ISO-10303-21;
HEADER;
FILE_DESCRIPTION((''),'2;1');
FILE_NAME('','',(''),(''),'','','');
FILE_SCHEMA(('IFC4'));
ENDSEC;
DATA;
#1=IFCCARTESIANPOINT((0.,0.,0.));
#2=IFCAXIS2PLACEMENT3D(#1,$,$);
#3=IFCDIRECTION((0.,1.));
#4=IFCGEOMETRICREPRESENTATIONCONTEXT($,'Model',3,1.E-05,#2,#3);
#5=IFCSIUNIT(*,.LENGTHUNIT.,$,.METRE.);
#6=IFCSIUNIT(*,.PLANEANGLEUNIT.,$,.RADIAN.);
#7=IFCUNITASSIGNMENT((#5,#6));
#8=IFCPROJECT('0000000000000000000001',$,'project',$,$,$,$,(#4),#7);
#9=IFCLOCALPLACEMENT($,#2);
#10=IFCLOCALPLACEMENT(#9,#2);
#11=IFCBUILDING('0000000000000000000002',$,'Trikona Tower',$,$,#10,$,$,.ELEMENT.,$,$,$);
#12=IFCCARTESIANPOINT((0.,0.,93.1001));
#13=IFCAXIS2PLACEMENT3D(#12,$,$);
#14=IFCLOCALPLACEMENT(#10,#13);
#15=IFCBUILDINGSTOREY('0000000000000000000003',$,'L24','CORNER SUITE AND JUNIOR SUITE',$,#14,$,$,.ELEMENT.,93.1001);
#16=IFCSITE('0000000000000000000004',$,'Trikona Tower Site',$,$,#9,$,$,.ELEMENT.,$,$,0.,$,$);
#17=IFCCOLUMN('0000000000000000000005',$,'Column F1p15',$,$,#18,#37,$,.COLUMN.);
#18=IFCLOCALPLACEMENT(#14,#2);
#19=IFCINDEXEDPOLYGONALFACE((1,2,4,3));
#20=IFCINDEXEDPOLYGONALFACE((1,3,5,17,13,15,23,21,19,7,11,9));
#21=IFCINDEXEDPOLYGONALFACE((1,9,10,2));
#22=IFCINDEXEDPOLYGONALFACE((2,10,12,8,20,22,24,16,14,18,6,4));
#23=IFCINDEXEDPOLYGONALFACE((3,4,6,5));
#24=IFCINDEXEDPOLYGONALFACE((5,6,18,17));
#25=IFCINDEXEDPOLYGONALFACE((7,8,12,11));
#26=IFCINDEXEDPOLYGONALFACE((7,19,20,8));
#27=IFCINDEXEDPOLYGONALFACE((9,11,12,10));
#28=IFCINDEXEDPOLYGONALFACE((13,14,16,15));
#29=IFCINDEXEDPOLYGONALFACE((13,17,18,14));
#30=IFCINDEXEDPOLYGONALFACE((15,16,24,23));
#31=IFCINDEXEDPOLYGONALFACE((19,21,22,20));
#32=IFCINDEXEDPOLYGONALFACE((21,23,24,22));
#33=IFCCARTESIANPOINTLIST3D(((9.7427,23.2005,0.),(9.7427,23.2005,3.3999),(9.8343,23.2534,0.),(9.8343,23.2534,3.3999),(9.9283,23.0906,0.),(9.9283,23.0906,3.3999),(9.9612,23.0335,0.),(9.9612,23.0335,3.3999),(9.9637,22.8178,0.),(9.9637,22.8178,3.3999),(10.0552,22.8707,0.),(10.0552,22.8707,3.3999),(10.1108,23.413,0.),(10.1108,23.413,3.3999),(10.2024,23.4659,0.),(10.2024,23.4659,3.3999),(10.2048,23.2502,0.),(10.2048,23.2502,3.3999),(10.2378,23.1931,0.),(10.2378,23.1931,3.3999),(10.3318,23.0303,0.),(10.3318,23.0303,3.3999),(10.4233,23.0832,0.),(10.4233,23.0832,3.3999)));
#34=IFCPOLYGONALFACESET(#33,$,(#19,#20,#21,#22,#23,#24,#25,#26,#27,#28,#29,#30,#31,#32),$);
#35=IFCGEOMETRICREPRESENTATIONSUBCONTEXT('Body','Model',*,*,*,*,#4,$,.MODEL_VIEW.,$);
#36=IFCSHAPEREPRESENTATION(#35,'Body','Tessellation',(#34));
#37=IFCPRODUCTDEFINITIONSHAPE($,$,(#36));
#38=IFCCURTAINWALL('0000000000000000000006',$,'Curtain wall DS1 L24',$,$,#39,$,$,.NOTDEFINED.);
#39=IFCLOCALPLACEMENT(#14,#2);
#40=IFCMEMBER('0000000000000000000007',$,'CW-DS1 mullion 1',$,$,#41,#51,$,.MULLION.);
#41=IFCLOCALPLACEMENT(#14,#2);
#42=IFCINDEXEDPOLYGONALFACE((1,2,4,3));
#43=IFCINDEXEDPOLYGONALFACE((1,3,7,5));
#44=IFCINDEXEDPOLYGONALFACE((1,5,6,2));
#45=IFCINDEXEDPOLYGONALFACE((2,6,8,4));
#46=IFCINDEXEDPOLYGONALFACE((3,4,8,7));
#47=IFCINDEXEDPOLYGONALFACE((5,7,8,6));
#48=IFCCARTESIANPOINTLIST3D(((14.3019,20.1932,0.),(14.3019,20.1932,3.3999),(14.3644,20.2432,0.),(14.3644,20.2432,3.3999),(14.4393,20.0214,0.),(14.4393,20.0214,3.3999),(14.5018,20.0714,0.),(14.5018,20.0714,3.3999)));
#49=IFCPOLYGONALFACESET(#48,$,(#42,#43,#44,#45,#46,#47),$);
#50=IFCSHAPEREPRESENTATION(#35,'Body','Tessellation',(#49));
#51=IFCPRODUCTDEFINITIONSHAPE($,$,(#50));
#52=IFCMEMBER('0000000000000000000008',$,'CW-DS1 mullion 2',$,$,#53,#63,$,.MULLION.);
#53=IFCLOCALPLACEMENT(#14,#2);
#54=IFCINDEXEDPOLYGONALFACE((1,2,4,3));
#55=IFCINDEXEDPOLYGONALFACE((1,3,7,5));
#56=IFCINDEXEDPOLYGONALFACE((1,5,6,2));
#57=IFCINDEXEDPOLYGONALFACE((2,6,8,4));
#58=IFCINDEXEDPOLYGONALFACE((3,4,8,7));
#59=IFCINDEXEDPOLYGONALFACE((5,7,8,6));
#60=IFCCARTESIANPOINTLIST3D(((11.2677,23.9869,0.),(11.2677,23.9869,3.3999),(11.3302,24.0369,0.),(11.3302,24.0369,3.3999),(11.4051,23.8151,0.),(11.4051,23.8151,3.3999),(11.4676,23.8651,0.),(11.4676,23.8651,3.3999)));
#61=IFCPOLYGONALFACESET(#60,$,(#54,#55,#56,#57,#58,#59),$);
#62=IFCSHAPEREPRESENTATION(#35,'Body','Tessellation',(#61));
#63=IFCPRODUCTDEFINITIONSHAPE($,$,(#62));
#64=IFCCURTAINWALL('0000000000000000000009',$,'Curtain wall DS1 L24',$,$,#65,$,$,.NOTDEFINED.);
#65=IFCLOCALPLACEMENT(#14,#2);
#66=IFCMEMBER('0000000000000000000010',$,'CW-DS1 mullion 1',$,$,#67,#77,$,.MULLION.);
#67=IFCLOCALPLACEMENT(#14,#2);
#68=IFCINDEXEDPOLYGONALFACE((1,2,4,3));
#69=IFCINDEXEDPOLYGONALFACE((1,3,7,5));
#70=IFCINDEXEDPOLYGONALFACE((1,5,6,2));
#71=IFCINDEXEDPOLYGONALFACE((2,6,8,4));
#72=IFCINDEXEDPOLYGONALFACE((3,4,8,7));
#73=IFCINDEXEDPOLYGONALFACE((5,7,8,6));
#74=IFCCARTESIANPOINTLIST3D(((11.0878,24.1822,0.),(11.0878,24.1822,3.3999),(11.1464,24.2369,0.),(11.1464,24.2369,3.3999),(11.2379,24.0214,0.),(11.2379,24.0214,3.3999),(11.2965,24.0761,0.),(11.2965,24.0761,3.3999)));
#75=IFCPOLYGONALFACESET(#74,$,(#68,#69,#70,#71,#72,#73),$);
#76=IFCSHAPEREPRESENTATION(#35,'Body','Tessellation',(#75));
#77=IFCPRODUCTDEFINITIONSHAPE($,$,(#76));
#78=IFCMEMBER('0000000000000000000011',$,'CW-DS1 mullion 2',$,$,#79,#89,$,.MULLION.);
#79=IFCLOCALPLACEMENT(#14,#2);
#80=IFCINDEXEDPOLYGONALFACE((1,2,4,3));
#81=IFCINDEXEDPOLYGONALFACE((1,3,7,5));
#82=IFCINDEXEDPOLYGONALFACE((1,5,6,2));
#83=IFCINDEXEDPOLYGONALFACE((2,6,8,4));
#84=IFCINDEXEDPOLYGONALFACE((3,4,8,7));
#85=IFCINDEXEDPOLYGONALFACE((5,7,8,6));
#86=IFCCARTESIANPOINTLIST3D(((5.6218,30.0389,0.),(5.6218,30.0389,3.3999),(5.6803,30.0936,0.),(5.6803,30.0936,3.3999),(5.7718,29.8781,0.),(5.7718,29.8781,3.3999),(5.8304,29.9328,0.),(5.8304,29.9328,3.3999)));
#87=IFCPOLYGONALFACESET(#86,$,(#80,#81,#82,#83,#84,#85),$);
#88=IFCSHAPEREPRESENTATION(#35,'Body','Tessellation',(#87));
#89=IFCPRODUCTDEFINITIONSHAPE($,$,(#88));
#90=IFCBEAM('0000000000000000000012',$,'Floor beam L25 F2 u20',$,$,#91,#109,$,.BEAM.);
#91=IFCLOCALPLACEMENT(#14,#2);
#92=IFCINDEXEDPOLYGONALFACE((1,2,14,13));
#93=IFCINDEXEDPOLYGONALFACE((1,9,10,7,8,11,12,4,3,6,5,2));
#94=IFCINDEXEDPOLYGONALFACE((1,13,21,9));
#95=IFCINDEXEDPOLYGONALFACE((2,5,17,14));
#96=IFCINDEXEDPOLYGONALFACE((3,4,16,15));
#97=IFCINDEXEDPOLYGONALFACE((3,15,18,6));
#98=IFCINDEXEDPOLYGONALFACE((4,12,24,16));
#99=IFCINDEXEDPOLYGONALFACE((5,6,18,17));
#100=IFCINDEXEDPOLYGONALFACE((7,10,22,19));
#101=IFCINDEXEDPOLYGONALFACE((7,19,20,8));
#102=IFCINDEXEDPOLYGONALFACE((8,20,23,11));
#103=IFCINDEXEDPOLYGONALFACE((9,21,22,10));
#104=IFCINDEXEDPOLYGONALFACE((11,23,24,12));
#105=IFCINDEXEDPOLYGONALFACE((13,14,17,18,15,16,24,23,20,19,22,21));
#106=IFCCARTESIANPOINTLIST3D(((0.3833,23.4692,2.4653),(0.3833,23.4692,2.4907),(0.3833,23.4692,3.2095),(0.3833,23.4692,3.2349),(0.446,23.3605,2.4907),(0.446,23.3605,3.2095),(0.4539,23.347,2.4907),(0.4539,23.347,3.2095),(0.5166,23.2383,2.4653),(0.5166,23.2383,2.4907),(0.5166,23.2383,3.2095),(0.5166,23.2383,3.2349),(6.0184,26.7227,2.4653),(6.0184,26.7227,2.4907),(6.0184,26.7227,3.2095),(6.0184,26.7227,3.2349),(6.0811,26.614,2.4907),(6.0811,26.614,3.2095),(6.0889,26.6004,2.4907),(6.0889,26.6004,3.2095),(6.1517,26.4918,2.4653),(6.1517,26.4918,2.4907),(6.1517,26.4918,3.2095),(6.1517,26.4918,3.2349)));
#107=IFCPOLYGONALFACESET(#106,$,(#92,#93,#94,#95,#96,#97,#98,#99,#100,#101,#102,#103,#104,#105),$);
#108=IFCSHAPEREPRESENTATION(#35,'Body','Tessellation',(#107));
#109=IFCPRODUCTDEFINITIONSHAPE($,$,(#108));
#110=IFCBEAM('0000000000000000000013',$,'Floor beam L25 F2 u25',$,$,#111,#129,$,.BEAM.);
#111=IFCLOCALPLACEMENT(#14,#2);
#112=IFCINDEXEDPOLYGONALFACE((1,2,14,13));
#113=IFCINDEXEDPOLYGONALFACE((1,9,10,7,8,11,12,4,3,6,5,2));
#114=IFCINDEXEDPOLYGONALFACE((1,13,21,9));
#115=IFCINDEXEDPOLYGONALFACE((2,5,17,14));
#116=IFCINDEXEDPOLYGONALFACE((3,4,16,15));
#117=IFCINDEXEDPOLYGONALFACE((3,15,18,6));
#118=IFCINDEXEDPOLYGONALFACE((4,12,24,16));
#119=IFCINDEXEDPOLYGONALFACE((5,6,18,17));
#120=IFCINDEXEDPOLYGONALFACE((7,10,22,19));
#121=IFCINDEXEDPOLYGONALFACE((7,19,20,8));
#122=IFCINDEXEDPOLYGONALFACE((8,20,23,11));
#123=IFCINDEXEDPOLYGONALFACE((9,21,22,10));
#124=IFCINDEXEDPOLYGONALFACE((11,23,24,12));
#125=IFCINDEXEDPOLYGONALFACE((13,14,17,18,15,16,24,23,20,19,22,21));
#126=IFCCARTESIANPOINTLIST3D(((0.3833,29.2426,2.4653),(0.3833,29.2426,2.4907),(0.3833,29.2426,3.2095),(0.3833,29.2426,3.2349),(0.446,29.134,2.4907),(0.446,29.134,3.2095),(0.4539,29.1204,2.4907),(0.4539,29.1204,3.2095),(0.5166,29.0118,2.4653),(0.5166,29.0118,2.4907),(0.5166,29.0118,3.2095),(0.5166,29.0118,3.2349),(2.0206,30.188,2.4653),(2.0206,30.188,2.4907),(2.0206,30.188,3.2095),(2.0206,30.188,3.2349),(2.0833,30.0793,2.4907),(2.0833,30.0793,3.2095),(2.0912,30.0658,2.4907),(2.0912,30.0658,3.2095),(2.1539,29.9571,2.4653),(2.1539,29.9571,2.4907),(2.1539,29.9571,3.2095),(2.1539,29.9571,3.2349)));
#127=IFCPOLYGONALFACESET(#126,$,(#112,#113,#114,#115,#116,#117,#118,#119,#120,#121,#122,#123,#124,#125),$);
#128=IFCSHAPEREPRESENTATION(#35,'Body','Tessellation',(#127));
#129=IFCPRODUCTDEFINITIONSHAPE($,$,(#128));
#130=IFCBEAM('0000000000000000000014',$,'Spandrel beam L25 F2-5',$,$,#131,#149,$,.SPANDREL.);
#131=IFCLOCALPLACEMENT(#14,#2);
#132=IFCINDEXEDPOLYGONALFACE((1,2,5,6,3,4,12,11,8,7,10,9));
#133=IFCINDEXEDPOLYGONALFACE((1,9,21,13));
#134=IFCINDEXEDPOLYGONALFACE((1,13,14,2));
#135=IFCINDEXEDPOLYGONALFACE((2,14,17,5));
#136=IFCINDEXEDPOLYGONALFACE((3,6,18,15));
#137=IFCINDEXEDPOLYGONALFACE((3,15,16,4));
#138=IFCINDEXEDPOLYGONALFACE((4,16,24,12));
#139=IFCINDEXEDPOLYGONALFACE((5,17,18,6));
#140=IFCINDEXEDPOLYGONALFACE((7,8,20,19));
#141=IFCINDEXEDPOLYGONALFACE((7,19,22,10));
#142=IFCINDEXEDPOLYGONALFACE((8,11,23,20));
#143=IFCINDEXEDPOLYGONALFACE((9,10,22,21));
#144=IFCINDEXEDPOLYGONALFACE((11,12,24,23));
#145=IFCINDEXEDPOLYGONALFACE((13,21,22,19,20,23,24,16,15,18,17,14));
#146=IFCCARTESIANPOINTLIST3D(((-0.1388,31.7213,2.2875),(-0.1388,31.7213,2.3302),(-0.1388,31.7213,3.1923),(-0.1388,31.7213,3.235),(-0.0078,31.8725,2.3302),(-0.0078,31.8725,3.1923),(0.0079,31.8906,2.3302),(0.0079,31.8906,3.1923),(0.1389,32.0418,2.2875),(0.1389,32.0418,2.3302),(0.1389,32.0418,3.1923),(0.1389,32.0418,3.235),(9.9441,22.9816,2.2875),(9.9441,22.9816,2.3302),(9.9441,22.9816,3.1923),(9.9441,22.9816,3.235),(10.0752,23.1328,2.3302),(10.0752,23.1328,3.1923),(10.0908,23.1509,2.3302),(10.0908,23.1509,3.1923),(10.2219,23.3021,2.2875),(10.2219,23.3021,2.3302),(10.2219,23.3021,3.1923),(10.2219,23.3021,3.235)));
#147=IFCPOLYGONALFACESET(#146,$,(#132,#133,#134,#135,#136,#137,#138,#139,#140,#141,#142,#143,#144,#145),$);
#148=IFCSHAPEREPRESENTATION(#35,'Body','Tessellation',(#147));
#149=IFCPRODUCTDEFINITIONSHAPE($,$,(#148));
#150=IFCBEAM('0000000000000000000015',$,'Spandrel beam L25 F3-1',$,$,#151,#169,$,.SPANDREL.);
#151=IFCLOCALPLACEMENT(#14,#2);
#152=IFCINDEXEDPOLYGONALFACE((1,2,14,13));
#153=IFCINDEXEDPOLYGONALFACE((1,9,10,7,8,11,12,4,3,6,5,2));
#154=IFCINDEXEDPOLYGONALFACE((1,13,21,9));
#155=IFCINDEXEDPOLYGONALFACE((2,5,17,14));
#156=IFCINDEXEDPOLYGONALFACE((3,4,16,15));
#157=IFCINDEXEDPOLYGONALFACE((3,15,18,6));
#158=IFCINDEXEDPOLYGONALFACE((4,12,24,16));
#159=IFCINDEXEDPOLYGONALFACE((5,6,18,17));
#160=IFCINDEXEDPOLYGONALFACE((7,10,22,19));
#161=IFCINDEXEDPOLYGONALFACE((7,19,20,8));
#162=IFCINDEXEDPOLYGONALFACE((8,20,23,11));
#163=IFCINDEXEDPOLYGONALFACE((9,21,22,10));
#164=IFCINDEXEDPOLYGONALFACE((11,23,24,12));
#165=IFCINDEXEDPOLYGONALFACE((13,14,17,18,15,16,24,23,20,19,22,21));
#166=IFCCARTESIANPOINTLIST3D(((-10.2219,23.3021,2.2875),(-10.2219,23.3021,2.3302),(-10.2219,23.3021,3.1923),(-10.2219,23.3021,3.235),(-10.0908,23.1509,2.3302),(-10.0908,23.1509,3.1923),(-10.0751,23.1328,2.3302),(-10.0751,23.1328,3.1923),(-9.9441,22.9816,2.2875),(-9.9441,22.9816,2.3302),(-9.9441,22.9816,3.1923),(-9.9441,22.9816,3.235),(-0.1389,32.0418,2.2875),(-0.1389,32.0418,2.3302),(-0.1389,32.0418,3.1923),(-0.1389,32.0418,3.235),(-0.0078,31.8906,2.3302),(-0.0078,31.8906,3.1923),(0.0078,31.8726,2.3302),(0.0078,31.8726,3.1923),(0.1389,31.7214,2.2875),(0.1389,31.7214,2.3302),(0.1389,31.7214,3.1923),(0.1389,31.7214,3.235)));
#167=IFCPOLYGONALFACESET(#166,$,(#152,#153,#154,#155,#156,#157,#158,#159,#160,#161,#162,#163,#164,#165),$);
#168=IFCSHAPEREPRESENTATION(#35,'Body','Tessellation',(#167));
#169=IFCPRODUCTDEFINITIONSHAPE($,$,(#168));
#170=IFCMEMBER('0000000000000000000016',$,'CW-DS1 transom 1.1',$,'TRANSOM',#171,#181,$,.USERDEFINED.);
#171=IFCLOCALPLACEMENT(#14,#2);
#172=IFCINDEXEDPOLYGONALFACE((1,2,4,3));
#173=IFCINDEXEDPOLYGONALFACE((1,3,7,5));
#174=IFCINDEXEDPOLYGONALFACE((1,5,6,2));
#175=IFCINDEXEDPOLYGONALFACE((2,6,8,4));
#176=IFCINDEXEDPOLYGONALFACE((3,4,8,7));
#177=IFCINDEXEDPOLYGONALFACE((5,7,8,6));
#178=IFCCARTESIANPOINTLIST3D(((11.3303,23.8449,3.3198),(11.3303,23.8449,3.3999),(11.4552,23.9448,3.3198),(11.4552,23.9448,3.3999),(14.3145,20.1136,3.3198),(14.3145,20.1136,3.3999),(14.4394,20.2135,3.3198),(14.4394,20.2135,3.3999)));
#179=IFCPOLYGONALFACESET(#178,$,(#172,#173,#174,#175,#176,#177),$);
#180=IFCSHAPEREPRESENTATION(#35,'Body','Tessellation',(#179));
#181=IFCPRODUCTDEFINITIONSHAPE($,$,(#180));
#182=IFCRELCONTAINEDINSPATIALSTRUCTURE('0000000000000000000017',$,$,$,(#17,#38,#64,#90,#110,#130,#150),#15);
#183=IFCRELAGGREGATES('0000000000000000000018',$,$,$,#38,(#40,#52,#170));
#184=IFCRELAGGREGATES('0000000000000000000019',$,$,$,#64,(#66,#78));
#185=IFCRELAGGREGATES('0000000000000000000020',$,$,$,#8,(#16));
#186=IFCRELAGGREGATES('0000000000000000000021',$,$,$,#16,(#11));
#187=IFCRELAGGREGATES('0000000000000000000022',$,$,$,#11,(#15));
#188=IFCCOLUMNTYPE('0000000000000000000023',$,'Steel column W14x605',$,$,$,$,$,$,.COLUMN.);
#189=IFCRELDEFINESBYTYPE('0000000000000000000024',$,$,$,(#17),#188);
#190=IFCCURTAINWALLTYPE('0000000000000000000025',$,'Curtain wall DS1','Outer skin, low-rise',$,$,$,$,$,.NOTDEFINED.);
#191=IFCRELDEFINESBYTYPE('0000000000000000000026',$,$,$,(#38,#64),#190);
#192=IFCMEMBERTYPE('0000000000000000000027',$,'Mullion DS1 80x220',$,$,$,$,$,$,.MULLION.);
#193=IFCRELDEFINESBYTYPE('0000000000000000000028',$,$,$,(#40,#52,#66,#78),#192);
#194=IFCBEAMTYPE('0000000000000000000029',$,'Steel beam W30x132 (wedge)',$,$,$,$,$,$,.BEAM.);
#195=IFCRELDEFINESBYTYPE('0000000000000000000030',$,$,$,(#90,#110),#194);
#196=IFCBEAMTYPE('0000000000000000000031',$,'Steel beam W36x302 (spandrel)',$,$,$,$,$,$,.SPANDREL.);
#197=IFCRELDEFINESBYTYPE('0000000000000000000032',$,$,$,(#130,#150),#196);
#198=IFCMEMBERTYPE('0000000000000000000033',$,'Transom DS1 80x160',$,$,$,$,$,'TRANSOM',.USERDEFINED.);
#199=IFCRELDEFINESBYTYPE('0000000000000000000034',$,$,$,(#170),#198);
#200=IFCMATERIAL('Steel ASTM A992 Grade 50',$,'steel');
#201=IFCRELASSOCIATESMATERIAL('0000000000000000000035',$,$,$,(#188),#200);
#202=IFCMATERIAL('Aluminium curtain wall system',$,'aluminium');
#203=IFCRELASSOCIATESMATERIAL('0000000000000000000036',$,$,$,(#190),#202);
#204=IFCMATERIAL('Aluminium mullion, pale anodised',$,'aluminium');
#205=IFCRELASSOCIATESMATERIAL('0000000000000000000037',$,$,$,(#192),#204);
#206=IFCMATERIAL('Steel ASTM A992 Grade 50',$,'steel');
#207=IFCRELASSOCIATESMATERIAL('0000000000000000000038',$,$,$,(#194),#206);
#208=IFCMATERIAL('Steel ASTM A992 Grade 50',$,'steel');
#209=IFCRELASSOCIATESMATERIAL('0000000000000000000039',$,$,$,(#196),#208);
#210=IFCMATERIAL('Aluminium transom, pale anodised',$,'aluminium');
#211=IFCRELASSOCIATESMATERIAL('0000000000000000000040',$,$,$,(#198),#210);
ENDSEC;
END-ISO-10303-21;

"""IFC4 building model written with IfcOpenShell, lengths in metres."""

from ifc_helpers import new_model, si_unit, direction, frame, origin, origin_2d, place, context, subcontext, project, spatial, rectangle, i_section, extrude, material, material_profile, profile_set, type_object, element, aggregate, save


model = new_model("IFC4")

# Units and contexts
model_context = context("Model", 3, precision=1e-05, world=origin(), true_north=direction((0.0, 1.0)))
body_context = subcontext(model_context, "Body", "Model", "MODEL_VIEW")
ifc_project = project(units=[si_unit("LENGTHUNIT", "METRE"), si_unit("PLANEANGLEUNIT", "RADIAN")], contexts=[model_context])

# Site, building, storey
site_placement = place(None, origin())
site = spatial("IfcSite", under=ifc_project, at=site_placement, Name="Trikona Tower Site", CompositionType="ELEMENT", RefElevation=0.0)
building_placement = place(site_placement, origin())
building = spatial("IfcBuilding", under=site, at=building_placement, Name="Trikona Tower", CompositionType="ELEMENT")
storey_placement = place(building_placement, frame((0.0, 0.0, 93.1001)))
storey = spatial("IfcBuildingStorey", under=building, at=storey_placement, Name="L24", Description="CORNER SUITE AND JUNIOR SUITE", CompositionType="ELEMENT", Elevation=93.1001)

# Column
ifc_material_1 = material(Name="Steel ASTM A992 Grade 50", Category="steel")
ifc_material_profile_1 = material_profile(ifc_material_1, i_section(OverallWidth=0.4419, OverallDepth=0.5308, WebThickness=0.0659, FlangeThickness=0.1057, at=origin_2d()), Name="W14X605")
ifc_profile_set_1 = profile_set([ifc_material_profile_1], Name="Steel ASTM A992 Grade 50")
column_type = type_object("IfcColumnType", Name="Steel column W14x605", PredefinedType="COLUMN", material=ifc_profile_set_1)
column_placement = place(storey_placement, frame((10.083, 23.1418, 0.0), z_axis=(0.0, 0.0, 1.0), x_axis=(-0.5, 0.866025, 0.0)))
element("IfcColumn", 1, at=column_placement, inside=storey, type_object=column_type, Name="Column F1p15", PredefinedType="COLUMN", context=body_context, shape_type="SweptSolid", body=[
    extrude(i_section(OverallWidth=0.4419, OverallDepth=0.5308, WebThickness=0.0659, FlangeThickness=0.1057, at=origin_2d()), origin(), (0.0, 0.0, 1.0), 3.3999),
])

# Curtain walls, members
ifc_material_2 = material(Name="Aluminium curtain wall system", Category="aluminium")
curtain_wall_type = type_object("IfcCurtainWallType", Name="Curtain wall DS1", Description="Outer skin, low-rise", PredefinedType="NOTDEFINED", material=ifc_material_2)
curtain_wall_1_placement = place(storey_placement, origin())
curtain_wall_1 = element("IfcCurtainWall", 2, at=curtain_wall_1_placement, inside=storey, type_object=curtain_wall_type, Name="Curtain wall DS1 L24", PredefinedType="NOTDEFINED")
ifc_material_3 = material(Name="Aluminium mullion, pale anodised", Category="aluminium")
ifc_material_profile_2 = material_profile(ifc_material_3, rectangle(XDim=0.0801, YDim=0.22, at=origin_2d()), Name="MUL-DS1")
ifc_profile_set_2 = profile_set([ifc_material_profile_2], Name="Aluminium mullion, pale anodised")
member_type_1 = type_object("IfcMemberType", Name="Mullion DS1 80x220", PredefinedType="MULLION", material=ifc_profile_set_2)
member_1_placement = place(storey_placement, frame((14.4019, 20.1323, 0.0), z_axis=(0.0, 0.0, 1.0), x_axis=(-0.780938, -0.624609, 0.0)))
member_1 = element("IfcMember", 3, at=member_1_placement, type_object=member_type_1, Name="CW-DS1 mullion 1", PredefinedType="MULLION", context=body_context, shape_type="SweptSolid", body=[
    extrude(rectangle(XDim=0.0801, YDim=0.22, at=origin_2d()), origin(), (0.0, 0.0, 1.0), 3.3999),
])
member_2_placement = place(storey_placement, frame((11.3677, 23.926, 0.0), z_axis=(0.0, 0.0, 1.0), x_axis=(-0.780938, -0.624609, 0.0)))
member_2 = element("IfcMember", 4, at=member_2_placement, type_object=member_type_1, Name="CW-DS1 mullion 2", PredefinedType="MULLION", context=body_context, shape_type="SweptSolid", body=[
    extrude(rectangle(XDim=0.0801, YDim=0.22, at=origin_2d()), origin(), (0.0, 0.0, 1.0), 3.3999),
])
curtain_wall_2_placement = place(storey_placement, origin())
curtain_wall_2 = element("IfcCurtainWall", 5, at=curtain_wall_2_placement, inside=storey, type_object=curtain_wall_type, Name="Curtain wall DS1 L24", PredefinedType="NOTDEFINED")
member_3_placement = place(storey_placement, frame((11.1921, 24.1292, 0.0), z_axis=(0.0, 0.0, 1.0), x_axis=(-0.731077, -0.682295, 0.0)))
member_3 = element("IfcMember", 6, at=member_3_placement, type_object=member_type_1, Name="CW-DS1 mullion 1", PredefinedType="MULLION", context=body_context, shape_type="SweptSolid", body=[
    extrude(rectangle(XDim=0.0801, YDim=0.22, at=origin_2d()), origin(), (0.0, 0.0, 1.0), 3.3999),
])
member_4_placement = place(storey_placement, frame((5.7261, 29.9858, 0.0), z_axis=(0.0, 0.0, 1.0), x_axis=(-0.731077, -0.682295, 0.0)))
member_4 = element("IfcMember", 7, at=member_4_placement, type_object=member_type_1, Name="CW-DS1 mullion 2", PredefinedType="MULLION", context=body_context, shape_type="SweptSolid", body=[
    extrude(rectangle(XDim=0.0801, YDim=0.22, at=origin_2d()), origin(), (0.0, 0.0, 1.0), 3.3999),
])

# Beams
ifc_material_4 = material(Name="Steel ASTM A992 Grade 50", Category="steel")
ifc_material_profile_3 = material_profile(ifc_material_4, i_section(OverallWidth=0.2666, OverallDepth=0.7695, WebThickness=0.0156, FlangeThickness=0.0254, at=origin_2d()), Name="W30X132")
ifc_profile_set_3 = profile_set([ifc_material_profile_3], Name="Steel ASTM A992 Grade 50")
beam_type_1 = type_object("IfcBeamType", Name="Steel beam W30x132 (wedge)", PredefinedType="BEAM", material=ifc_profile_set_3)
beam_1_placement = place(storey_placement, frame((0.45, 23.3538, 2.8501), z_axis=(0.866023, 0.500005, 0.0), x_axis=(-0.500005, 0.866023, 0.0)))
element("IfcBeam", 8, at=beam_1_placement, inside=storey, type_object=beam_type_1, Name="Floor beam L25 F2 u20", PredefinedType="BEAM", context=body_context, shape_type="SweptSolid", body=[
    extrude(i_section(OverallWidth=0.2666, OverallDepth=0.7695, WebThickness=0.0156, FlangeThickness=0.0254, at=origin_2d()), origin(), (0.0, 0.0, 1.0), 6.5068),
])
beam_2_placement = place(storey_placement, frame((0.45, 29.1272, 2.8501), z_axis=(0.866009, 0.500028, 0.0), x_axis=(-0.500028, 0.866009, 0.0)))
element("IfcBeam", 9, at=beam_2_placement, inside=storey, type_object=beam_type_1, Name="Floor beam L25 F2 u25", PredefinedType="BEAM", context=body_context, shape_type="SweptSolid", body=[
    extrude(i_section(OverallWidth=0.2666, OverallDepth=0.7695, WebThickness=0.0156, FlangeThickness=0.0254, at=origin_2d()), origin(), (0.0, 0.0, 1.0), 1.8906),
])
ifc_material_5 = material(Name="Steel ASTM A992 Grade 50", Category="steel")
ifc_material_profile_4 = material_profile(ifc_material_5, i_section(OverallWidth=0.4241, OverallDepth=0.9475, WebThickness=0.0239, FlangeThickness=0.0427, at=origin_2d()), Name="W36X302")
ifc_profile_set_4 = profile_set([ifc_material_profile_4], Name="Steel ASTM A992 Grade 50")
beam_type_2 = type_object("IfcBeamType", Name="Steel beam W36x302 (spandrel)", PredefinedType="SPANDREL", material=ifc_profile_set_4)
for number, where, z_axis, x_axis, name in (
    (10, (10.083, 23.1418, 2.7612), (-0.755647, 0.654979, 0.0), (-0.654979, -0.755647, 0.0), "Spandrel beam L25 F2-5"),
    (11, (0.0, 31.8816, 2.7612), (-0.755647, -0.654979, 0.0), (0.654979, -0.755647, 0.0), "Spandrel beam L25 F3-1"),
):
    element("IfcBeam", number, at=place(storey_placement, frame(where, z_axis=z_axis, x_axis=x_axis)), inside=storey, type_object=beam_type_2, Name=name, PredefinedType="SPANDREL", context=body_context, shape_type="SweptSolid", body=[
        extrude(i_section(OverallWidth=0.4241, OverallDepth=0.9475, WebThickness=0.0239, FlangeThickness=0.0427, at=origin_2d()), origin(), (0.0, 0.0, 1.0), 13.3435),
    ])

# Member
ifc_material_6 = material(Name="Aluminium transom, pale anodised", Category="aluminium")
ifc_material_profile_5 = material_profile(ifc_material_6, rectangle(XDim=0.1599, YDim=0.0801, at=origin_2d()), Name="TRN-DS1")
ifc_profile_set_5 = profile_set([ifc_material_profile_5], Name="Aluminium transom, pale anodised")
member_type_2 = type_object("IfcMemberType", Name="Transom DS1 80x160", ElementType="TRANSOM", PredefinedType="USERDEFINED", material=ifc_profile_set_5)
member_5_placement = place(storey_placement, frame((14.377, 20.1636, 3.3599), z_axis=(-0.624589, 0.780954, 0.0), x_axis=(-0.780954, -0.624589, 0.0)))
member_5 = element("IfcMember", 12, at=member_5_placement, type_object=member_type_2, Name="CW-DS1 transom 1.1", ObjectType="TRANSOM", PredefinedType="USERDEFINED", context=body_context, shape_type="SweptSolid", body=[
    extrude(rectangle(XDim=0.1599, YDim=0.0801, at=origin_2d()), origin(), (0.0, 0.0, 1.0), 4.7778),
])

aggregate(curtain_wall_1, [member_1, member_2, member_5])
aggregate(curtain_wall_2, [member_3, member_4])

save(model, "model.ifc")
